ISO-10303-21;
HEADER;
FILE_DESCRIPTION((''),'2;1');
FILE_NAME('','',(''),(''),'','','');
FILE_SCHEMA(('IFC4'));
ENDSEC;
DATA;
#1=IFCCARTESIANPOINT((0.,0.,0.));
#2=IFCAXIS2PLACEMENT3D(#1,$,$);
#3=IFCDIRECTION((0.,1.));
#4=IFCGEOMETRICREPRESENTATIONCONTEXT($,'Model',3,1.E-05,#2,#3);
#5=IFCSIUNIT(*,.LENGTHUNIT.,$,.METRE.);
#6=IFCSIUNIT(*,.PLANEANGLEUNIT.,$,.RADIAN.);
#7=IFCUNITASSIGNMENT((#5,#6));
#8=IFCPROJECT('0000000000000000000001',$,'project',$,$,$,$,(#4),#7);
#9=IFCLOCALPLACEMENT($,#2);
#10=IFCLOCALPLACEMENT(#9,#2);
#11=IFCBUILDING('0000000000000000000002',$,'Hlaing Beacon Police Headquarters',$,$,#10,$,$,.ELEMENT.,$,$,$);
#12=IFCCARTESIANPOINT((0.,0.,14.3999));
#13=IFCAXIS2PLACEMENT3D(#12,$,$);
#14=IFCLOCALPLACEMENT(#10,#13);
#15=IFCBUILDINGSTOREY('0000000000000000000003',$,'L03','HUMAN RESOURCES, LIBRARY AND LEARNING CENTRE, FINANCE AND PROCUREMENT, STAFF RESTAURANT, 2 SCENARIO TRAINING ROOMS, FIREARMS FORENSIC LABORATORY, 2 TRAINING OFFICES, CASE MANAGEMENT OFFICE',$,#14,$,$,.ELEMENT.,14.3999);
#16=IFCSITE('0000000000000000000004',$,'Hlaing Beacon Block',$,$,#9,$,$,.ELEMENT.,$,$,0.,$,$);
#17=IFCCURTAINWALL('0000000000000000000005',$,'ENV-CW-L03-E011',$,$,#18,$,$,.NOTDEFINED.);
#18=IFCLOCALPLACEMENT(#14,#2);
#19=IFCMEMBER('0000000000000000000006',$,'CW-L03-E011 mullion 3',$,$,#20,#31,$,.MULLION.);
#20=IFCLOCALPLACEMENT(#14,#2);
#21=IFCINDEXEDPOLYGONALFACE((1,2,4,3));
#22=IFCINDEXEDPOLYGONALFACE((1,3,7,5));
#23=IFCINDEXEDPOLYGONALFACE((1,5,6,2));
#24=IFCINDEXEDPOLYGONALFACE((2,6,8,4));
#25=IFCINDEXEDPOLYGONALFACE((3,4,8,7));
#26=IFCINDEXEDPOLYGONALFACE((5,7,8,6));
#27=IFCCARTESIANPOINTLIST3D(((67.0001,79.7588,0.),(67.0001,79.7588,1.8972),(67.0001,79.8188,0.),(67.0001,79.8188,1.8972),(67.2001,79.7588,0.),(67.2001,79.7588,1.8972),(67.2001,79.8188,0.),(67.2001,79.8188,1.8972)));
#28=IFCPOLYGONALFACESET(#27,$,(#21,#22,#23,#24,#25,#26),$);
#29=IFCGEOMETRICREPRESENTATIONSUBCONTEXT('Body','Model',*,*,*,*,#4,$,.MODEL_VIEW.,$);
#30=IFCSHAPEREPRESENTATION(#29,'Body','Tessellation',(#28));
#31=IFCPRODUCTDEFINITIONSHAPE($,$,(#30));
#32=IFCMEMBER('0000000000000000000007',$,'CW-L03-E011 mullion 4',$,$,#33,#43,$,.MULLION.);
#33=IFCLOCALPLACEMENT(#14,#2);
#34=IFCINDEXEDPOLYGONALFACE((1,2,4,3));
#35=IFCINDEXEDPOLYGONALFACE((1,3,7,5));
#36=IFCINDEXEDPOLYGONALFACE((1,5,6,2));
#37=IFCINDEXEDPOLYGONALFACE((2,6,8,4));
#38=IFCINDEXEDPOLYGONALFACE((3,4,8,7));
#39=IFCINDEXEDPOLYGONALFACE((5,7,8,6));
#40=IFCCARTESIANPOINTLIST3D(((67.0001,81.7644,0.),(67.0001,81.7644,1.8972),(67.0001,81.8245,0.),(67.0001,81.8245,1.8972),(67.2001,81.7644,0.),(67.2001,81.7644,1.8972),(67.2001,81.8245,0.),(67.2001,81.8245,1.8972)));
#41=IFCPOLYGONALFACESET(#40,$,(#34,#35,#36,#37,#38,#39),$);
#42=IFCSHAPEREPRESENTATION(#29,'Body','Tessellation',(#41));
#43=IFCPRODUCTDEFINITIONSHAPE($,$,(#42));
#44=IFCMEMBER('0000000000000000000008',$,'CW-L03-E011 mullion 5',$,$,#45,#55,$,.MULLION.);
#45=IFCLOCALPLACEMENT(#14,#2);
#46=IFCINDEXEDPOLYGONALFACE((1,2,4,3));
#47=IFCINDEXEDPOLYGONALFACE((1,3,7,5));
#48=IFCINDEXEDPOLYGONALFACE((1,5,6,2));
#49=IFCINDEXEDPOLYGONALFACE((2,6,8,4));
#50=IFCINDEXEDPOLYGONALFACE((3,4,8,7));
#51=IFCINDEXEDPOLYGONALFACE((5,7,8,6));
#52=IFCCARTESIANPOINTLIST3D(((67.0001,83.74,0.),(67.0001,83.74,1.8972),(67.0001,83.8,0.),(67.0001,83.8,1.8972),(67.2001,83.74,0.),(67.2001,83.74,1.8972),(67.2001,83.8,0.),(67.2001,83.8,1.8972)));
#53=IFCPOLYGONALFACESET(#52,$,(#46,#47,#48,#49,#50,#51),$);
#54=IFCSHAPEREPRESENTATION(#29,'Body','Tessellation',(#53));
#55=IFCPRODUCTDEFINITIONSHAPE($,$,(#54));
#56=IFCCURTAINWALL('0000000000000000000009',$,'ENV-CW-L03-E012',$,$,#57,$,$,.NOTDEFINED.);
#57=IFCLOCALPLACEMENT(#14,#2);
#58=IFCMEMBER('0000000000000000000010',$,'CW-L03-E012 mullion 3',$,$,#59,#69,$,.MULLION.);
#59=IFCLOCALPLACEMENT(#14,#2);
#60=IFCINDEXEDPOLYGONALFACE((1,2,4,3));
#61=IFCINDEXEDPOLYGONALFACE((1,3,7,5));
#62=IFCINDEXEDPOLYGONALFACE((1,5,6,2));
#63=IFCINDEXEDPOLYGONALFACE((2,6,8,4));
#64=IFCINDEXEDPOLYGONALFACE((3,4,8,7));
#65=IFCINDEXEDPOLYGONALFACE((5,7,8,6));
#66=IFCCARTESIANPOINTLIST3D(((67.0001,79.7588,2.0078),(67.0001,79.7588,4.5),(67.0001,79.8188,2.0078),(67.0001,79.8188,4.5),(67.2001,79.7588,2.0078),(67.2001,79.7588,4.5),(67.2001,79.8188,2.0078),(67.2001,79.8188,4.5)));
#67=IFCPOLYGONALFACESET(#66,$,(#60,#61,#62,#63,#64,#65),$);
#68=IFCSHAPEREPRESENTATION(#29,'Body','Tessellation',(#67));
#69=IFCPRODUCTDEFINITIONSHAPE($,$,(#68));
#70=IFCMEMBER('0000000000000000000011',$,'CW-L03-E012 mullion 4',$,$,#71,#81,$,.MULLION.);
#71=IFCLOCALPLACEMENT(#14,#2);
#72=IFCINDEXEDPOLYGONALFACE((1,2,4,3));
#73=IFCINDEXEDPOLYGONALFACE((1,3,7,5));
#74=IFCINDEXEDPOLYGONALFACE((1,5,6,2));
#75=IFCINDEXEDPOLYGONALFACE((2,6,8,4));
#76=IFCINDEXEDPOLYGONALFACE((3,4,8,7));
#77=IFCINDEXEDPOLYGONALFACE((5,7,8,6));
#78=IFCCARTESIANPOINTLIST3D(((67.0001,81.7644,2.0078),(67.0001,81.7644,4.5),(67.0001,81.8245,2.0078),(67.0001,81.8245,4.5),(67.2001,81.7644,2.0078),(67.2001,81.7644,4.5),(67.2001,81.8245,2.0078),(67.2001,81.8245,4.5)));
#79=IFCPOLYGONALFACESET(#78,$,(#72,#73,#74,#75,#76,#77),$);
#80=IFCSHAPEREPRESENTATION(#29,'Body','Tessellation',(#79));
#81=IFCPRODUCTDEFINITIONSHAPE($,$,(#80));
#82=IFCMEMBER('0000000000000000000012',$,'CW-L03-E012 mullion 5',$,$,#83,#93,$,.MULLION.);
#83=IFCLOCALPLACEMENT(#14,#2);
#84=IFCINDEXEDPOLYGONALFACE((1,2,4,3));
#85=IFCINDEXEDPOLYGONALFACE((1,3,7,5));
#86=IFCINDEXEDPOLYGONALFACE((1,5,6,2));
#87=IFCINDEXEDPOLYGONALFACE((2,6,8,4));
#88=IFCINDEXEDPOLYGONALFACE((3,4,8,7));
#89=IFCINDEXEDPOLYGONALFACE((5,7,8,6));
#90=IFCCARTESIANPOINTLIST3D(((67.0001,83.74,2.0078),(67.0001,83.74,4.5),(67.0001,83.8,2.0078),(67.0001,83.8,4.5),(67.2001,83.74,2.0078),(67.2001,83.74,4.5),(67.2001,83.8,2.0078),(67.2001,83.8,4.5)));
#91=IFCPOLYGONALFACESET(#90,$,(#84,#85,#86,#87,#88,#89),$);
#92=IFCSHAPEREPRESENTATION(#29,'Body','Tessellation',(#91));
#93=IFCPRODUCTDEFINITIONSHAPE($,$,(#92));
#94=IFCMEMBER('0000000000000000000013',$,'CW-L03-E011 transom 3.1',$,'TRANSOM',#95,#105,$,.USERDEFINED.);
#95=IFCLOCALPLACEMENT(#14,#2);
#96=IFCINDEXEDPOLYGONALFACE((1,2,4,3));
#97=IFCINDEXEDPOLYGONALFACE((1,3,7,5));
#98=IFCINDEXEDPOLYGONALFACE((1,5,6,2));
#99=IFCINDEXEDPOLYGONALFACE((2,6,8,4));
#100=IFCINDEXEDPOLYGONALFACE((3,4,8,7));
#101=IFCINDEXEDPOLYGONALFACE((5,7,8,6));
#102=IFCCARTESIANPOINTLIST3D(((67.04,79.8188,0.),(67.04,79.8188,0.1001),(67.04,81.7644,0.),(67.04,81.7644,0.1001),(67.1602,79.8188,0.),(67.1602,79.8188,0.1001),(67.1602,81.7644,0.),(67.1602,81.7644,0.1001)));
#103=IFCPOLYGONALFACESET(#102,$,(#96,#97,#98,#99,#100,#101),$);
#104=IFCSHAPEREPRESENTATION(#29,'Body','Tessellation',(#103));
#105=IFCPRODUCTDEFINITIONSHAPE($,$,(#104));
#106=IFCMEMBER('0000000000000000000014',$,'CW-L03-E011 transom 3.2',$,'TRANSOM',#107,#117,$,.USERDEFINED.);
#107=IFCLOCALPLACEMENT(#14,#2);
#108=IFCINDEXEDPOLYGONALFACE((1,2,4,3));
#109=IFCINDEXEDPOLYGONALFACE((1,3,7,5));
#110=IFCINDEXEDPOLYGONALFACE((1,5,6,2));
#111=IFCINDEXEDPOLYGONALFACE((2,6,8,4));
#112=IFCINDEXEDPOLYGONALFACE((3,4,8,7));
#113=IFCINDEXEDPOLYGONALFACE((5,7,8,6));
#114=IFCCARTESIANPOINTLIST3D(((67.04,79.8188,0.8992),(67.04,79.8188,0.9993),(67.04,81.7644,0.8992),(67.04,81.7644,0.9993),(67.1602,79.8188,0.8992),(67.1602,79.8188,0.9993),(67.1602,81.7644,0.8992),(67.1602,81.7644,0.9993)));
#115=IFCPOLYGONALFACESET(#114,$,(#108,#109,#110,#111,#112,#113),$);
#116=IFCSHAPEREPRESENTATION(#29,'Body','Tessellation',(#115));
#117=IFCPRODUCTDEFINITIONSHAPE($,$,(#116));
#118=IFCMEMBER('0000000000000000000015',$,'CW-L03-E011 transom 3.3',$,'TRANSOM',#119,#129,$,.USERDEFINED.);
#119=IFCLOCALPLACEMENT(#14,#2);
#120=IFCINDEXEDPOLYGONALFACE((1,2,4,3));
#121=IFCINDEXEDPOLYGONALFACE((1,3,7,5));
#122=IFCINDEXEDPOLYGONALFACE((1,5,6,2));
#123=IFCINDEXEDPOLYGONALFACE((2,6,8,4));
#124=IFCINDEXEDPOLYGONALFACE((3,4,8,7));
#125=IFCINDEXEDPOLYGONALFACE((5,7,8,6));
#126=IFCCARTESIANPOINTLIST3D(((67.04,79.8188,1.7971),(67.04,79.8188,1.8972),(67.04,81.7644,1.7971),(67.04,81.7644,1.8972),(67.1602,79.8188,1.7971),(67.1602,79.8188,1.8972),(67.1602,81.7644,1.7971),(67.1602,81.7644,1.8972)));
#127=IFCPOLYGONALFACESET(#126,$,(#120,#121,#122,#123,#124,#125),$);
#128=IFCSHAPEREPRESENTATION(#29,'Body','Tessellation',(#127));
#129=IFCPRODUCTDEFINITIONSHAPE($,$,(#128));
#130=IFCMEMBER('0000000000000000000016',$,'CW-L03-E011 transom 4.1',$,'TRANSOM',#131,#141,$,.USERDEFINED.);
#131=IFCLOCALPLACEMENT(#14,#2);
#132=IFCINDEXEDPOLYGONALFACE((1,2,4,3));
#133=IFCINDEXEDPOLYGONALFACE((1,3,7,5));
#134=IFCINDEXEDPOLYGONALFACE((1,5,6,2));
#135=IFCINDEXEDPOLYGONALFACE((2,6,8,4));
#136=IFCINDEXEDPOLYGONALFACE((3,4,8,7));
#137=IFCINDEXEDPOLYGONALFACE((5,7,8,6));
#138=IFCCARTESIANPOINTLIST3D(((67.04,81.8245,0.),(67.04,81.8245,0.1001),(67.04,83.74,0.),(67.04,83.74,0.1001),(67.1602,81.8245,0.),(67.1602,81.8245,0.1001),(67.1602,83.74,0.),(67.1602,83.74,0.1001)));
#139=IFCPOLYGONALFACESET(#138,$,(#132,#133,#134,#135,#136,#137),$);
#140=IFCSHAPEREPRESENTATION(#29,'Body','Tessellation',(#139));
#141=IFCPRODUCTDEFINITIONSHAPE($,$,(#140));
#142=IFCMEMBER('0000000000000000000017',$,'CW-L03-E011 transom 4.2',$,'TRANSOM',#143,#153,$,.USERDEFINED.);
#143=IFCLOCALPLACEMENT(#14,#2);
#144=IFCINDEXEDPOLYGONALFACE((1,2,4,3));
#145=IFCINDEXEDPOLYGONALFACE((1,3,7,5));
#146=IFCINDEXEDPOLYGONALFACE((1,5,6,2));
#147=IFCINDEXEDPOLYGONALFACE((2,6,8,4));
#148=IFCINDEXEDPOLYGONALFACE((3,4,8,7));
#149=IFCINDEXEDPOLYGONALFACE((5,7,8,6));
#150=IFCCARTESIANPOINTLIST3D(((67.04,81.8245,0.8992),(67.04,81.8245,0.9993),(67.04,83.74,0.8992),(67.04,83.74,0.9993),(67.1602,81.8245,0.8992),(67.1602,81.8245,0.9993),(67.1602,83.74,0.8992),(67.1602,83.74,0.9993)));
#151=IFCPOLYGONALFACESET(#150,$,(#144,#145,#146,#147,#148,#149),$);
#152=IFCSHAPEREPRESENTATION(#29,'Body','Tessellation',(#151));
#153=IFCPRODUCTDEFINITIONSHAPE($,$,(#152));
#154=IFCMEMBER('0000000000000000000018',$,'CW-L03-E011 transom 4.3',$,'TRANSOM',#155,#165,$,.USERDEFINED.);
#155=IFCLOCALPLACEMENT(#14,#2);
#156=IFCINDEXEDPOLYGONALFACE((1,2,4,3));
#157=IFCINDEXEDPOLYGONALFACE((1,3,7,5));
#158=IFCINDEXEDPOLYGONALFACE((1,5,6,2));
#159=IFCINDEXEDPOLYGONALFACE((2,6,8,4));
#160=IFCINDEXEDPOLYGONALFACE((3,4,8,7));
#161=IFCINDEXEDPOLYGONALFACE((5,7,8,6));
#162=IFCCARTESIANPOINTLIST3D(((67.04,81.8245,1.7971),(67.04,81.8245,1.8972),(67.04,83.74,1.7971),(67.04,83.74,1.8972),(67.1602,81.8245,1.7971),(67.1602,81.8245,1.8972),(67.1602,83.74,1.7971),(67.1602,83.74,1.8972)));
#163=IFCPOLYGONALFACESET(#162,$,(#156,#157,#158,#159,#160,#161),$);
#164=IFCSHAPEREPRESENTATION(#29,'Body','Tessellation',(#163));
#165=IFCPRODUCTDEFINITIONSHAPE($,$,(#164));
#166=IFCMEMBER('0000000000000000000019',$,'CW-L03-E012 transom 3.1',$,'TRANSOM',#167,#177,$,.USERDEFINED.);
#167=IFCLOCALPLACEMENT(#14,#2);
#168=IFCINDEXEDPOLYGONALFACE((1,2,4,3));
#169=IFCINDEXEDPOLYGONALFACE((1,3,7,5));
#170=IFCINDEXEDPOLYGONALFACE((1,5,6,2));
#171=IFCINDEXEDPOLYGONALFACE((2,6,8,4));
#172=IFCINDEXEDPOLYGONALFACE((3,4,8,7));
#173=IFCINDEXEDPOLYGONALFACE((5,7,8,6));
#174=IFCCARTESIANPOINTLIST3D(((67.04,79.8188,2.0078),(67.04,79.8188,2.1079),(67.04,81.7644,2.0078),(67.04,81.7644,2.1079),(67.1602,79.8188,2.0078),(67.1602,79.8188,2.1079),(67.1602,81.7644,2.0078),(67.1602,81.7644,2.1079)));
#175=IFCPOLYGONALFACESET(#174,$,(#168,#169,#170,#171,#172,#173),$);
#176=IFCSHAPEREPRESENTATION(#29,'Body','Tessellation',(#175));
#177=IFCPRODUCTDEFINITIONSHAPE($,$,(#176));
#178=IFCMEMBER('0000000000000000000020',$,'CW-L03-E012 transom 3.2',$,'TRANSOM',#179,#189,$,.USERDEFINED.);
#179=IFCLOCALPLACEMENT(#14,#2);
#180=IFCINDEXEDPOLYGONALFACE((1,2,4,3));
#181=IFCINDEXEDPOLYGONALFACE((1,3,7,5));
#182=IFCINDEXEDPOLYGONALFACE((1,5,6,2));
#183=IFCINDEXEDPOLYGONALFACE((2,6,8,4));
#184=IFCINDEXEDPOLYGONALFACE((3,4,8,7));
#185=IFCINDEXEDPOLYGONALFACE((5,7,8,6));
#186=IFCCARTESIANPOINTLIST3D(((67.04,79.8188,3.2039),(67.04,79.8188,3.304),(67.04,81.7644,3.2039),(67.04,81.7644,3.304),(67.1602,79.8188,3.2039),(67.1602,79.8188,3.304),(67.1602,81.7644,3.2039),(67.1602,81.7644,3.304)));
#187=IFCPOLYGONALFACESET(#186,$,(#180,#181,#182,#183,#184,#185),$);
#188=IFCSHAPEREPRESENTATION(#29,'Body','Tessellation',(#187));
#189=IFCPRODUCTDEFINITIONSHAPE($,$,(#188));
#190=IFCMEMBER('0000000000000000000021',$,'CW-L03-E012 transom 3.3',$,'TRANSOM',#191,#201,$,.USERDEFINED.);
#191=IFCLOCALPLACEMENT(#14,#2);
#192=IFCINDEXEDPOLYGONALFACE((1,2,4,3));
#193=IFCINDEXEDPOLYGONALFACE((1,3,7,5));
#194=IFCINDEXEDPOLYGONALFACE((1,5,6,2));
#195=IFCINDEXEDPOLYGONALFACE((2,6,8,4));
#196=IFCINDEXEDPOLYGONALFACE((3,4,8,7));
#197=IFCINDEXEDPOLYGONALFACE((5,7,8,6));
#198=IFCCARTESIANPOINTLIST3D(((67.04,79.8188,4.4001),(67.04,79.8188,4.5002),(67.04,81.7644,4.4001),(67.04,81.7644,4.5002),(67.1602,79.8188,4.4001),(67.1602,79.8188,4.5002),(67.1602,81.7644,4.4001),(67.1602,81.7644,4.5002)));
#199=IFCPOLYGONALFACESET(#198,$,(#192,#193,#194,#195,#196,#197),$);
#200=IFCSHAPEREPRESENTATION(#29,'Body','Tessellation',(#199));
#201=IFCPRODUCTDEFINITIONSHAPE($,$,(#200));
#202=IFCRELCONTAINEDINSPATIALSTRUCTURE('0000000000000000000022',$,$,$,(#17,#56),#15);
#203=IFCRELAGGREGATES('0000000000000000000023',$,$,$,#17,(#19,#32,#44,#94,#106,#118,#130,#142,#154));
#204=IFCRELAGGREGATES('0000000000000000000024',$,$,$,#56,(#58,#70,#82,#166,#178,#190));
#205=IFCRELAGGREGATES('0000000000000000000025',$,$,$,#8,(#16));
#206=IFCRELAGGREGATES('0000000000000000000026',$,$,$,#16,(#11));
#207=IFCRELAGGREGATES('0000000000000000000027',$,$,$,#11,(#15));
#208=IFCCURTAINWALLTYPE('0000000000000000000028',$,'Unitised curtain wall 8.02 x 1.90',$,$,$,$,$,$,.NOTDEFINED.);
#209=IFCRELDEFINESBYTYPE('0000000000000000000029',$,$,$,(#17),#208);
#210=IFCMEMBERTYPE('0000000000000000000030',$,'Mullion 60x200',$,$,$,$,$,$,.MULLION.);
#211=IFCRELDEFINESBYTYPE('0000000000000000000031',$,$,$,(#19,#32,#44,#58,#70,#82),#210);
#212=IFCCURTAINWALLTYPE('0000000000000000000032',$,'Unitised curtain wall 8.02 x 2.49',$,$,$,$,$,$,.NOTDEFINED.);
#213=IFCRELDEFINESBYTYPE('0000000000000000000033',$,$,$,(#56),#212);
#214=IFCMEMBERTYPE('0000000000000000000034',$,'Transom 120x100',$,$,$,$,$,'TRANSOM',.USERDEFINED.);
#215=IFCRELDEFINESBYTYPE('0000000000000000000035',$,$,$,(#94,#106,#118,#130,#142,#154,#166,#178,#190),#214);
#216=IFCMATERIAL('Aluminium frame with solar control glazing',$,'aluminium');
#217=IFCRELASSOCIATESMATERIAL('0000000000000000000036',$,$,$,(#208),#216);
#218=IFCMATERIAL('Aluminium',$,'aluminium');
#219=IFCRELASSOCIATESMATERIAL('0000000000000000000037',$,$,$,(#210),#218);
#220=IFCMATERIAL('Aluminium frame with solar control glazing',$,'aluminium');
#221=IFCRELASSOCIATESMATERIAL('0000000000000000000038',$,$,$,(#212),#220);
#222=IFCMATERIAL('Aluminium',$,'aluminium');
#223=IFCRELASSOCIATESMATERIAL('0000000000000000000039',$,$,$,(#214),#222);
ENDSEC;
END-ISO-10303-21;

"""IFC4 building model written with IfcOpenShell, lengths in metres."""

from ifc_helpers import new_model, si_unit, direction, frame, origin, origin_2d, place, context, subcontext, project, spatial, rectangle, extrude, material, material_profile, profile_set, type_object, element, aggregate, save


model = new_model("IFC4")

# Units and contexts
model_context = context("Model", 3, precision=1e-05, world=origin(), true_north=direction((0.0, 1.0)))
body_context = subcontext(model_context, "Body", "Model", "MODEL_VIEW")
ifc_project = project(units=[si_unit("LENGTHUNIT", "METRE"), si_unit("PLANEANGLEUNIT", "RADIAN")], contexts=[model_context])

# Site, building, storey
site_placement = place(None, origin())
site = spatial("IfcSite", under=ifc_project, at=site_placement, Name="Hlaing Beacon Block", CompositionType="ELEMENT", RefElevation=0.0)
building_placement = place(site_placement, origin())
building = spatial("IfcBuilding", under=site, at=building_placement, Name="Hlaing Beacon Police Headquarters", CompositionType="ELEMENT")
storey_placement = place(building_placement, frame((0.0, 0.0, 14.3999)))
storey = spatial("IfcBuildingStorey", under=building, at=storey_placement, Name="L03", Description="HUMAN RESOURCES, LIBRARY AND LEARNING CENTRE, FINANCE AND PROCUREMENT, STAFF RESTAURANT, 2 SCENARIO TRAINING ROOMS, FIREARMS FORENSIC LABORATORY, 2 TRAINING OFFICES, CASE MANAGEMENT OFFICE", CompositionType="ELEMENT", Elevation=14.3999)

# Curtain walls, members
ifc_material_1 = material(Name="Aluminium frame with solar control glazing", Category="aluminium")
curtain_wall_type_1 = type_object("IfcCurtainWallType", Name="Unitised curtain wall 8.02 x 1.90", PredefinedType="NOTDEFINED", material=ifc_material_1)
curtain_wall_1_placement = place(storey_placement, origin())
curtain_wall_1 = element("IfcCurtainWall", 1, at=curtain_wall_1_placement, inside=storey, type_object=curtain_wall_type_1, Name="ENV-CW-L03-E011", PredefinedType="NOTDEFINED")
ifc_material_2 = material(Name="Aluminium", Category="aluminium")
ifc_material_profile_1 = material_profile(ifc_material_2, rectangle(XDim=0.2, YDim=0.0601, at=origin_2d()), Name="Mullion 60x200")
ifc_profile_set_1 = profile_set([ifc_material_profile_1], Name="Aluminium")
member_type_1 = type_object("IfcMemberType", Name="Mullion 60x200", PredefinedType="MULLION", material=ifc_profile_set_1)
member_1_placement = place(storey_placement, frame((67.1001, 79.7888, 0.0), z_axis=(0.0, 0.0, 1.0), x_axis=(-1.0, 0.0, 0.0)))
member_1 = element("IfcMember", 2, at=member_1_placement, type_object=member_type_1, Name="CW-L03-E011 mullion 3", PredefinedType="MULLION", context=body_context, shape_type="SweptSolid", body=[
    extrude(rectangle(XDim=0.2, YDim=0.0601, at=origin_2d()), origin(), (0.0, 0.0, 1.0), 1.8972),
])
member_2_placement = place(storey_placement, frame((67.1001, 81.7944, 0.0), z_axis=(0.0, 0.0, 1.0), x_axis=(-1.0, 0.0, 0.0)))
member_2 = element("IfcMember", 3, at=member_2_placement, type_object=member_type_1, Name="CW-L03-E011 mullion 4", PredefinedType="MULLION", context=body_context, shape_type="SweptSolid", body=[
    extrude(rectangle(XDim=0.2, YDim=0.0601, at=origin_2d()), origin(), (0.0, 0.0, 1.0), 1.8972),
])
member_3_placement = place(storey_placement, frame((67.1001, 83.77, 0.0), z_axis=(0.0, 0.0, 1.0), x_axis=(-1.0, 0.0, 0.0)))
member_3 = element("IfcMember", 4, at=member_3_placement, type_object=member_type_1, Name="CW-L03-E011 mullion 5", PredefinedType="MULLION", context=body_context, shape_type="SweptSolid", body=[
    extrude(rectangle(XDim=0.2, YDim=0.0601, at=origin_2d()), origin(), (0.0, 0.0, 1.0), 1.8972),
])
ifc_material_3 = material(Name="Aluminium frame with solar control glazing", Category="aluminium")
curtain_wall_type_2 = type_object("IfcCurtainWallType", Name="Unitised curtain wall 8.02 x 2.49", PredefinedType="NOTDEFINED", material=ifc_material_3)
curtain_wall_2_placement = place(storey_placement, origin())
curtain_wall_2 = element("IfcCurtainWall", 5, at=curtain_wall_2_placement, inside=storey, type_object=curtain_wall_type_2, Name="ENV-CW-L03-E012", PredefinedType="NOTDEFINED")
member_4_placement = place(storey_placement, frame((67.1001, 79.7888, 2.0078), z_axis=(0.0, 0.0, 1.0), x_axis=(-1.0, 0.0, 0.0)))
member_4 = element("IfcMember", 6, at=member_4_placement, type_object=member_type_1, Name="CW-L03-E012 mullion 3", PredefinedType="MULLION", context=body_context, shape_type="SweptSolid", body=[
    extrude(rectangle(XDim=0.2, YDim=0.0601, at=origin_2d()), origin(), (0.0, 0.0, 1.0), 2.4922),
])
member_5_placement = place(storey_placement, frame((67.1001, 81.7944, 2.0078), z_axis=(0.0, 0.0, 1.0), x_axis=(-1.0, 0.0, 0.0)))
member_5 = element("IfcMember", 7, at=member_5_placement, type_object=member_type_1, Name="CW-L03-E012 mullion 4", PredefinedType="MULLION", context=body_context, shape_type="SweptSolid", body=[
    extrude(rectangle(XDim=0.2, YDim=0.0601, at=origin_2d()), origin(), (0.0, 0.0, 1.0), 2.4922),
])
member_6_placement = place(storey_placement, frame((67.1001, 83.77, 2.0078), z_axis=(0.0, 0.0, 1.0), x_axis=(-1.0, 0.0, 0.0)))
member_6 = element("IfcMember", 8, at=member_6_placement, type_object=member_type_1, Name="CW-L03-E012 mullion 5", PredefinedType="MULLION", context=body_context, shape_type="SweptSolid", body=[
    extrude(rectangle(XDim=0.2, YDim=0.0601, at=origin_2d()), origin(), (0.0, 0.0, 1.0), 2.4922),
])

# Members
ifc_material_4 = material(Name="Aluminium", Category="aluminium")
ifc_material_profile_2 = material_profile(ifc_material_4, rectangle(XDim=0.1201, YDim=0.1001, at=origin_2d()), Name="Transom 120x100")
ifc_profile_set_2 = profile_set([ifc_material_profile_2], Name="Aluminium")
member_type_2 = type_object("IfcMemberType", Name="Transom 120x100", ElementType="TRANSOM", PredefinedType="USERDEFINED", material=ifc_profile_set_2)
member_7_placement = place(storey_placement, frame((67.1001, 79.8188, 0.05), z_axis=(0.0, 1.0, 0.0), x_axis=(-1.0, 0.0, 0.0)))
member_7 = element("IfcMember", 9, at=member_7_placement, type_object=member_type_2, Name="CW-L03-E011 transom 3.1", ObjectType="TRANSOM", PredefinedType="USERDEFINED", context=body_context, shape_type="SweptSolid", body=[
    extrude(rectangle(XDim=0.1201, YDim=0.1001, at=origin_2d()), origin(), (0.0, 0.0, 1.0), 1.9456),
])
member_8_placement = place(storey_placement, frame((67.1001, 79.8188, 0.9492), z_axis=(0.0, 1.0, 0.0), x_axis=(-1.0, 0.0, 0.0)))
member_8 = element("IfcMember", 10, at=member_8_placement, type_object=member_type_2, Name="CW-L03-E011 transom 3.2", ObjectType="TRANSOM", PredefinedType="USERDEFINED", context=body_context, shape_type="SweptSolid", body=[
    extrude(rectangle(XDim=0.1201, YDim=0.1001, at=origin_2d()), origin(), (0.0, 0.0, 1.0), 1.9456),
])
member_9_placement = place(storey_placement, frame((67.1001, 79.8188, 1.8472), z_axis=(0.0, 1.0, 0.0), x_axis=(-1.0, 0.0, 0.0)))
member_9 = element("IfcMember", 11, at=member_9_placement, type_object=member_type_2, Name="CW-L03-E011 transom 3.3", ObjectType="TRANSOM", PredefinedType="USERDEFINED", context=body_context, shape_type="SweptSolid", body=[
    extrude(rectangle(XDim=0.1201, YDim=0.1001, at=origin_2d()), origin(), (0.0, 0.0, 1.0), 1.9456),
])
member_10_placement = place(storey_placement, frame((67.1001, 81.8245, 0.05), z_axis=(0.0, 1.0, 0.0), x_axis=(-1.0, 0.0, 0.0)))
member_10 = element("IfcMember", 12, at=member_10_placement, type_object=member_type_2, Name="CW-L03-E011 transom 4.1", ObjectType="TRANSOM", PredefinedType="USERDEFINED", context=body_context, shape_type="SweptSolid", body=[
    extrude(rectangle(XDim=0.1201, YDim=0.1001, at=origin_2d()), origin(), (0.0, 0.0, 1.0), 1.9155),
])
member_11_placement = place(storey_placement, frame((67.1001, 81.8245, 0.9492), z_axis=(0.0, 1.0, 0.0), x_axis=(-1.0, 0.0, 0.0)))
member_11 = element("IfcMember", 13, at=member_11_placement, type_object=member_type_2, Name="CW-L03-E011 transom 4.2", ObjectType="TRANSOM", PredefinedType="USERDEFINED", context=body_context, shape_type="SweptSolid", body=[
    extrude(rectangle(XDim=0.1201, YDim=0.1001, at=origin_2d()), origin(), (0.0, 0.0, 1.0), 1.9155),
])
member_12_placement = place(storey_placement, frame((67.1001, 81.8245, 1.8472), z_axis=(0.0, 1.0, 0.0), x_axis=(-1.0, 0.0, 0.0)))
member_12 = element("IfcMember", 14, at=member_12_placement, type_object=member_type_2, Name="CW-L03-E011 transom 4.3", ObjectType="TRANSOM", PredefinedType="USERDEFINED", context=body_context, shape_type="SweptSolid", body=[
    extrude(rectangle(XDim=0.1201, YDim=0.1001, at=origin_2d()), origin(), (0.0, 0.0, 1.0), 1.9155),
])
member_13_placement = place(storey_placement, frame((67.1001, 79.8188, 2.0579), z_axis=(0.0, 1.0, 0.0), x_axis=(-1.0, 0.0, 0.0)))
member_13 = element("IfcMember", 15, at=member_13_placement, type_object=member_type_2, Name="CW-L03-E012 transom 3.1", ObjectType="TRANSOM", PredefinedType="USERDEFINED", context=body_context, shape_type="SweptSolid", body=[
    extrude(rectangle(XDim=0.1201, YDim=0.1001, at=origin_2d()), origin(), (0.0, 0.0, 1.0), 1.9456),
])
member_14_placement = place(storey_placement, frame((67.1001, 79.8188, 3.2539), z_axis=(0.0, 1.0, 0.0), x_axis=(-1.0, 0.0, 0.0)))
member_14 = element("IfcMember", 16, at=member_14_placement, type_object=member_type_2, Name="CW-L03-E012 transom 3.2", ObjectType="TRANSOM", PredefinedType="USERDEFINED", context=body_context, shape_type="SweptSolid", body=[
    extrude(rectangle(XDim=0.1201, YDim=0.1001, at=origin_2d()), origin(), (0.0, 0.0, 1.0), 1.9456),
])
member_15_placement = place(storey_placement, frame((67.1001, 79.8188, 4.4502), z_axis=(0.0, 1.0, 0.0), x_axis=(-1.0, 0.0, 0.0)))
member_15 = element("IfcMember", 17, at=member_15_placement, type_object=member_type_2, Name="CW-L03-E012 transom 3.3", ObjectType="TRANSOM", PredefinedType="USERDEFINED", context=body_context, shape_type="SweptSolid", body=[
    extrude(rectangle(XDim=0.1201, YDim=0.1001, at=origin_2d()), origin(), (0.0, 0.0, 1.0), 1.9456),
])

aggregate(curtain_wall_1, [member_1, member_2, member_3, member_7, member_8, member_9, member_10, member_11, member_12])
aggregate(curtain_wall_2, [member_4, member_5, member_6, member_13, member_14, member_15])

save(model, "model.ifc")
